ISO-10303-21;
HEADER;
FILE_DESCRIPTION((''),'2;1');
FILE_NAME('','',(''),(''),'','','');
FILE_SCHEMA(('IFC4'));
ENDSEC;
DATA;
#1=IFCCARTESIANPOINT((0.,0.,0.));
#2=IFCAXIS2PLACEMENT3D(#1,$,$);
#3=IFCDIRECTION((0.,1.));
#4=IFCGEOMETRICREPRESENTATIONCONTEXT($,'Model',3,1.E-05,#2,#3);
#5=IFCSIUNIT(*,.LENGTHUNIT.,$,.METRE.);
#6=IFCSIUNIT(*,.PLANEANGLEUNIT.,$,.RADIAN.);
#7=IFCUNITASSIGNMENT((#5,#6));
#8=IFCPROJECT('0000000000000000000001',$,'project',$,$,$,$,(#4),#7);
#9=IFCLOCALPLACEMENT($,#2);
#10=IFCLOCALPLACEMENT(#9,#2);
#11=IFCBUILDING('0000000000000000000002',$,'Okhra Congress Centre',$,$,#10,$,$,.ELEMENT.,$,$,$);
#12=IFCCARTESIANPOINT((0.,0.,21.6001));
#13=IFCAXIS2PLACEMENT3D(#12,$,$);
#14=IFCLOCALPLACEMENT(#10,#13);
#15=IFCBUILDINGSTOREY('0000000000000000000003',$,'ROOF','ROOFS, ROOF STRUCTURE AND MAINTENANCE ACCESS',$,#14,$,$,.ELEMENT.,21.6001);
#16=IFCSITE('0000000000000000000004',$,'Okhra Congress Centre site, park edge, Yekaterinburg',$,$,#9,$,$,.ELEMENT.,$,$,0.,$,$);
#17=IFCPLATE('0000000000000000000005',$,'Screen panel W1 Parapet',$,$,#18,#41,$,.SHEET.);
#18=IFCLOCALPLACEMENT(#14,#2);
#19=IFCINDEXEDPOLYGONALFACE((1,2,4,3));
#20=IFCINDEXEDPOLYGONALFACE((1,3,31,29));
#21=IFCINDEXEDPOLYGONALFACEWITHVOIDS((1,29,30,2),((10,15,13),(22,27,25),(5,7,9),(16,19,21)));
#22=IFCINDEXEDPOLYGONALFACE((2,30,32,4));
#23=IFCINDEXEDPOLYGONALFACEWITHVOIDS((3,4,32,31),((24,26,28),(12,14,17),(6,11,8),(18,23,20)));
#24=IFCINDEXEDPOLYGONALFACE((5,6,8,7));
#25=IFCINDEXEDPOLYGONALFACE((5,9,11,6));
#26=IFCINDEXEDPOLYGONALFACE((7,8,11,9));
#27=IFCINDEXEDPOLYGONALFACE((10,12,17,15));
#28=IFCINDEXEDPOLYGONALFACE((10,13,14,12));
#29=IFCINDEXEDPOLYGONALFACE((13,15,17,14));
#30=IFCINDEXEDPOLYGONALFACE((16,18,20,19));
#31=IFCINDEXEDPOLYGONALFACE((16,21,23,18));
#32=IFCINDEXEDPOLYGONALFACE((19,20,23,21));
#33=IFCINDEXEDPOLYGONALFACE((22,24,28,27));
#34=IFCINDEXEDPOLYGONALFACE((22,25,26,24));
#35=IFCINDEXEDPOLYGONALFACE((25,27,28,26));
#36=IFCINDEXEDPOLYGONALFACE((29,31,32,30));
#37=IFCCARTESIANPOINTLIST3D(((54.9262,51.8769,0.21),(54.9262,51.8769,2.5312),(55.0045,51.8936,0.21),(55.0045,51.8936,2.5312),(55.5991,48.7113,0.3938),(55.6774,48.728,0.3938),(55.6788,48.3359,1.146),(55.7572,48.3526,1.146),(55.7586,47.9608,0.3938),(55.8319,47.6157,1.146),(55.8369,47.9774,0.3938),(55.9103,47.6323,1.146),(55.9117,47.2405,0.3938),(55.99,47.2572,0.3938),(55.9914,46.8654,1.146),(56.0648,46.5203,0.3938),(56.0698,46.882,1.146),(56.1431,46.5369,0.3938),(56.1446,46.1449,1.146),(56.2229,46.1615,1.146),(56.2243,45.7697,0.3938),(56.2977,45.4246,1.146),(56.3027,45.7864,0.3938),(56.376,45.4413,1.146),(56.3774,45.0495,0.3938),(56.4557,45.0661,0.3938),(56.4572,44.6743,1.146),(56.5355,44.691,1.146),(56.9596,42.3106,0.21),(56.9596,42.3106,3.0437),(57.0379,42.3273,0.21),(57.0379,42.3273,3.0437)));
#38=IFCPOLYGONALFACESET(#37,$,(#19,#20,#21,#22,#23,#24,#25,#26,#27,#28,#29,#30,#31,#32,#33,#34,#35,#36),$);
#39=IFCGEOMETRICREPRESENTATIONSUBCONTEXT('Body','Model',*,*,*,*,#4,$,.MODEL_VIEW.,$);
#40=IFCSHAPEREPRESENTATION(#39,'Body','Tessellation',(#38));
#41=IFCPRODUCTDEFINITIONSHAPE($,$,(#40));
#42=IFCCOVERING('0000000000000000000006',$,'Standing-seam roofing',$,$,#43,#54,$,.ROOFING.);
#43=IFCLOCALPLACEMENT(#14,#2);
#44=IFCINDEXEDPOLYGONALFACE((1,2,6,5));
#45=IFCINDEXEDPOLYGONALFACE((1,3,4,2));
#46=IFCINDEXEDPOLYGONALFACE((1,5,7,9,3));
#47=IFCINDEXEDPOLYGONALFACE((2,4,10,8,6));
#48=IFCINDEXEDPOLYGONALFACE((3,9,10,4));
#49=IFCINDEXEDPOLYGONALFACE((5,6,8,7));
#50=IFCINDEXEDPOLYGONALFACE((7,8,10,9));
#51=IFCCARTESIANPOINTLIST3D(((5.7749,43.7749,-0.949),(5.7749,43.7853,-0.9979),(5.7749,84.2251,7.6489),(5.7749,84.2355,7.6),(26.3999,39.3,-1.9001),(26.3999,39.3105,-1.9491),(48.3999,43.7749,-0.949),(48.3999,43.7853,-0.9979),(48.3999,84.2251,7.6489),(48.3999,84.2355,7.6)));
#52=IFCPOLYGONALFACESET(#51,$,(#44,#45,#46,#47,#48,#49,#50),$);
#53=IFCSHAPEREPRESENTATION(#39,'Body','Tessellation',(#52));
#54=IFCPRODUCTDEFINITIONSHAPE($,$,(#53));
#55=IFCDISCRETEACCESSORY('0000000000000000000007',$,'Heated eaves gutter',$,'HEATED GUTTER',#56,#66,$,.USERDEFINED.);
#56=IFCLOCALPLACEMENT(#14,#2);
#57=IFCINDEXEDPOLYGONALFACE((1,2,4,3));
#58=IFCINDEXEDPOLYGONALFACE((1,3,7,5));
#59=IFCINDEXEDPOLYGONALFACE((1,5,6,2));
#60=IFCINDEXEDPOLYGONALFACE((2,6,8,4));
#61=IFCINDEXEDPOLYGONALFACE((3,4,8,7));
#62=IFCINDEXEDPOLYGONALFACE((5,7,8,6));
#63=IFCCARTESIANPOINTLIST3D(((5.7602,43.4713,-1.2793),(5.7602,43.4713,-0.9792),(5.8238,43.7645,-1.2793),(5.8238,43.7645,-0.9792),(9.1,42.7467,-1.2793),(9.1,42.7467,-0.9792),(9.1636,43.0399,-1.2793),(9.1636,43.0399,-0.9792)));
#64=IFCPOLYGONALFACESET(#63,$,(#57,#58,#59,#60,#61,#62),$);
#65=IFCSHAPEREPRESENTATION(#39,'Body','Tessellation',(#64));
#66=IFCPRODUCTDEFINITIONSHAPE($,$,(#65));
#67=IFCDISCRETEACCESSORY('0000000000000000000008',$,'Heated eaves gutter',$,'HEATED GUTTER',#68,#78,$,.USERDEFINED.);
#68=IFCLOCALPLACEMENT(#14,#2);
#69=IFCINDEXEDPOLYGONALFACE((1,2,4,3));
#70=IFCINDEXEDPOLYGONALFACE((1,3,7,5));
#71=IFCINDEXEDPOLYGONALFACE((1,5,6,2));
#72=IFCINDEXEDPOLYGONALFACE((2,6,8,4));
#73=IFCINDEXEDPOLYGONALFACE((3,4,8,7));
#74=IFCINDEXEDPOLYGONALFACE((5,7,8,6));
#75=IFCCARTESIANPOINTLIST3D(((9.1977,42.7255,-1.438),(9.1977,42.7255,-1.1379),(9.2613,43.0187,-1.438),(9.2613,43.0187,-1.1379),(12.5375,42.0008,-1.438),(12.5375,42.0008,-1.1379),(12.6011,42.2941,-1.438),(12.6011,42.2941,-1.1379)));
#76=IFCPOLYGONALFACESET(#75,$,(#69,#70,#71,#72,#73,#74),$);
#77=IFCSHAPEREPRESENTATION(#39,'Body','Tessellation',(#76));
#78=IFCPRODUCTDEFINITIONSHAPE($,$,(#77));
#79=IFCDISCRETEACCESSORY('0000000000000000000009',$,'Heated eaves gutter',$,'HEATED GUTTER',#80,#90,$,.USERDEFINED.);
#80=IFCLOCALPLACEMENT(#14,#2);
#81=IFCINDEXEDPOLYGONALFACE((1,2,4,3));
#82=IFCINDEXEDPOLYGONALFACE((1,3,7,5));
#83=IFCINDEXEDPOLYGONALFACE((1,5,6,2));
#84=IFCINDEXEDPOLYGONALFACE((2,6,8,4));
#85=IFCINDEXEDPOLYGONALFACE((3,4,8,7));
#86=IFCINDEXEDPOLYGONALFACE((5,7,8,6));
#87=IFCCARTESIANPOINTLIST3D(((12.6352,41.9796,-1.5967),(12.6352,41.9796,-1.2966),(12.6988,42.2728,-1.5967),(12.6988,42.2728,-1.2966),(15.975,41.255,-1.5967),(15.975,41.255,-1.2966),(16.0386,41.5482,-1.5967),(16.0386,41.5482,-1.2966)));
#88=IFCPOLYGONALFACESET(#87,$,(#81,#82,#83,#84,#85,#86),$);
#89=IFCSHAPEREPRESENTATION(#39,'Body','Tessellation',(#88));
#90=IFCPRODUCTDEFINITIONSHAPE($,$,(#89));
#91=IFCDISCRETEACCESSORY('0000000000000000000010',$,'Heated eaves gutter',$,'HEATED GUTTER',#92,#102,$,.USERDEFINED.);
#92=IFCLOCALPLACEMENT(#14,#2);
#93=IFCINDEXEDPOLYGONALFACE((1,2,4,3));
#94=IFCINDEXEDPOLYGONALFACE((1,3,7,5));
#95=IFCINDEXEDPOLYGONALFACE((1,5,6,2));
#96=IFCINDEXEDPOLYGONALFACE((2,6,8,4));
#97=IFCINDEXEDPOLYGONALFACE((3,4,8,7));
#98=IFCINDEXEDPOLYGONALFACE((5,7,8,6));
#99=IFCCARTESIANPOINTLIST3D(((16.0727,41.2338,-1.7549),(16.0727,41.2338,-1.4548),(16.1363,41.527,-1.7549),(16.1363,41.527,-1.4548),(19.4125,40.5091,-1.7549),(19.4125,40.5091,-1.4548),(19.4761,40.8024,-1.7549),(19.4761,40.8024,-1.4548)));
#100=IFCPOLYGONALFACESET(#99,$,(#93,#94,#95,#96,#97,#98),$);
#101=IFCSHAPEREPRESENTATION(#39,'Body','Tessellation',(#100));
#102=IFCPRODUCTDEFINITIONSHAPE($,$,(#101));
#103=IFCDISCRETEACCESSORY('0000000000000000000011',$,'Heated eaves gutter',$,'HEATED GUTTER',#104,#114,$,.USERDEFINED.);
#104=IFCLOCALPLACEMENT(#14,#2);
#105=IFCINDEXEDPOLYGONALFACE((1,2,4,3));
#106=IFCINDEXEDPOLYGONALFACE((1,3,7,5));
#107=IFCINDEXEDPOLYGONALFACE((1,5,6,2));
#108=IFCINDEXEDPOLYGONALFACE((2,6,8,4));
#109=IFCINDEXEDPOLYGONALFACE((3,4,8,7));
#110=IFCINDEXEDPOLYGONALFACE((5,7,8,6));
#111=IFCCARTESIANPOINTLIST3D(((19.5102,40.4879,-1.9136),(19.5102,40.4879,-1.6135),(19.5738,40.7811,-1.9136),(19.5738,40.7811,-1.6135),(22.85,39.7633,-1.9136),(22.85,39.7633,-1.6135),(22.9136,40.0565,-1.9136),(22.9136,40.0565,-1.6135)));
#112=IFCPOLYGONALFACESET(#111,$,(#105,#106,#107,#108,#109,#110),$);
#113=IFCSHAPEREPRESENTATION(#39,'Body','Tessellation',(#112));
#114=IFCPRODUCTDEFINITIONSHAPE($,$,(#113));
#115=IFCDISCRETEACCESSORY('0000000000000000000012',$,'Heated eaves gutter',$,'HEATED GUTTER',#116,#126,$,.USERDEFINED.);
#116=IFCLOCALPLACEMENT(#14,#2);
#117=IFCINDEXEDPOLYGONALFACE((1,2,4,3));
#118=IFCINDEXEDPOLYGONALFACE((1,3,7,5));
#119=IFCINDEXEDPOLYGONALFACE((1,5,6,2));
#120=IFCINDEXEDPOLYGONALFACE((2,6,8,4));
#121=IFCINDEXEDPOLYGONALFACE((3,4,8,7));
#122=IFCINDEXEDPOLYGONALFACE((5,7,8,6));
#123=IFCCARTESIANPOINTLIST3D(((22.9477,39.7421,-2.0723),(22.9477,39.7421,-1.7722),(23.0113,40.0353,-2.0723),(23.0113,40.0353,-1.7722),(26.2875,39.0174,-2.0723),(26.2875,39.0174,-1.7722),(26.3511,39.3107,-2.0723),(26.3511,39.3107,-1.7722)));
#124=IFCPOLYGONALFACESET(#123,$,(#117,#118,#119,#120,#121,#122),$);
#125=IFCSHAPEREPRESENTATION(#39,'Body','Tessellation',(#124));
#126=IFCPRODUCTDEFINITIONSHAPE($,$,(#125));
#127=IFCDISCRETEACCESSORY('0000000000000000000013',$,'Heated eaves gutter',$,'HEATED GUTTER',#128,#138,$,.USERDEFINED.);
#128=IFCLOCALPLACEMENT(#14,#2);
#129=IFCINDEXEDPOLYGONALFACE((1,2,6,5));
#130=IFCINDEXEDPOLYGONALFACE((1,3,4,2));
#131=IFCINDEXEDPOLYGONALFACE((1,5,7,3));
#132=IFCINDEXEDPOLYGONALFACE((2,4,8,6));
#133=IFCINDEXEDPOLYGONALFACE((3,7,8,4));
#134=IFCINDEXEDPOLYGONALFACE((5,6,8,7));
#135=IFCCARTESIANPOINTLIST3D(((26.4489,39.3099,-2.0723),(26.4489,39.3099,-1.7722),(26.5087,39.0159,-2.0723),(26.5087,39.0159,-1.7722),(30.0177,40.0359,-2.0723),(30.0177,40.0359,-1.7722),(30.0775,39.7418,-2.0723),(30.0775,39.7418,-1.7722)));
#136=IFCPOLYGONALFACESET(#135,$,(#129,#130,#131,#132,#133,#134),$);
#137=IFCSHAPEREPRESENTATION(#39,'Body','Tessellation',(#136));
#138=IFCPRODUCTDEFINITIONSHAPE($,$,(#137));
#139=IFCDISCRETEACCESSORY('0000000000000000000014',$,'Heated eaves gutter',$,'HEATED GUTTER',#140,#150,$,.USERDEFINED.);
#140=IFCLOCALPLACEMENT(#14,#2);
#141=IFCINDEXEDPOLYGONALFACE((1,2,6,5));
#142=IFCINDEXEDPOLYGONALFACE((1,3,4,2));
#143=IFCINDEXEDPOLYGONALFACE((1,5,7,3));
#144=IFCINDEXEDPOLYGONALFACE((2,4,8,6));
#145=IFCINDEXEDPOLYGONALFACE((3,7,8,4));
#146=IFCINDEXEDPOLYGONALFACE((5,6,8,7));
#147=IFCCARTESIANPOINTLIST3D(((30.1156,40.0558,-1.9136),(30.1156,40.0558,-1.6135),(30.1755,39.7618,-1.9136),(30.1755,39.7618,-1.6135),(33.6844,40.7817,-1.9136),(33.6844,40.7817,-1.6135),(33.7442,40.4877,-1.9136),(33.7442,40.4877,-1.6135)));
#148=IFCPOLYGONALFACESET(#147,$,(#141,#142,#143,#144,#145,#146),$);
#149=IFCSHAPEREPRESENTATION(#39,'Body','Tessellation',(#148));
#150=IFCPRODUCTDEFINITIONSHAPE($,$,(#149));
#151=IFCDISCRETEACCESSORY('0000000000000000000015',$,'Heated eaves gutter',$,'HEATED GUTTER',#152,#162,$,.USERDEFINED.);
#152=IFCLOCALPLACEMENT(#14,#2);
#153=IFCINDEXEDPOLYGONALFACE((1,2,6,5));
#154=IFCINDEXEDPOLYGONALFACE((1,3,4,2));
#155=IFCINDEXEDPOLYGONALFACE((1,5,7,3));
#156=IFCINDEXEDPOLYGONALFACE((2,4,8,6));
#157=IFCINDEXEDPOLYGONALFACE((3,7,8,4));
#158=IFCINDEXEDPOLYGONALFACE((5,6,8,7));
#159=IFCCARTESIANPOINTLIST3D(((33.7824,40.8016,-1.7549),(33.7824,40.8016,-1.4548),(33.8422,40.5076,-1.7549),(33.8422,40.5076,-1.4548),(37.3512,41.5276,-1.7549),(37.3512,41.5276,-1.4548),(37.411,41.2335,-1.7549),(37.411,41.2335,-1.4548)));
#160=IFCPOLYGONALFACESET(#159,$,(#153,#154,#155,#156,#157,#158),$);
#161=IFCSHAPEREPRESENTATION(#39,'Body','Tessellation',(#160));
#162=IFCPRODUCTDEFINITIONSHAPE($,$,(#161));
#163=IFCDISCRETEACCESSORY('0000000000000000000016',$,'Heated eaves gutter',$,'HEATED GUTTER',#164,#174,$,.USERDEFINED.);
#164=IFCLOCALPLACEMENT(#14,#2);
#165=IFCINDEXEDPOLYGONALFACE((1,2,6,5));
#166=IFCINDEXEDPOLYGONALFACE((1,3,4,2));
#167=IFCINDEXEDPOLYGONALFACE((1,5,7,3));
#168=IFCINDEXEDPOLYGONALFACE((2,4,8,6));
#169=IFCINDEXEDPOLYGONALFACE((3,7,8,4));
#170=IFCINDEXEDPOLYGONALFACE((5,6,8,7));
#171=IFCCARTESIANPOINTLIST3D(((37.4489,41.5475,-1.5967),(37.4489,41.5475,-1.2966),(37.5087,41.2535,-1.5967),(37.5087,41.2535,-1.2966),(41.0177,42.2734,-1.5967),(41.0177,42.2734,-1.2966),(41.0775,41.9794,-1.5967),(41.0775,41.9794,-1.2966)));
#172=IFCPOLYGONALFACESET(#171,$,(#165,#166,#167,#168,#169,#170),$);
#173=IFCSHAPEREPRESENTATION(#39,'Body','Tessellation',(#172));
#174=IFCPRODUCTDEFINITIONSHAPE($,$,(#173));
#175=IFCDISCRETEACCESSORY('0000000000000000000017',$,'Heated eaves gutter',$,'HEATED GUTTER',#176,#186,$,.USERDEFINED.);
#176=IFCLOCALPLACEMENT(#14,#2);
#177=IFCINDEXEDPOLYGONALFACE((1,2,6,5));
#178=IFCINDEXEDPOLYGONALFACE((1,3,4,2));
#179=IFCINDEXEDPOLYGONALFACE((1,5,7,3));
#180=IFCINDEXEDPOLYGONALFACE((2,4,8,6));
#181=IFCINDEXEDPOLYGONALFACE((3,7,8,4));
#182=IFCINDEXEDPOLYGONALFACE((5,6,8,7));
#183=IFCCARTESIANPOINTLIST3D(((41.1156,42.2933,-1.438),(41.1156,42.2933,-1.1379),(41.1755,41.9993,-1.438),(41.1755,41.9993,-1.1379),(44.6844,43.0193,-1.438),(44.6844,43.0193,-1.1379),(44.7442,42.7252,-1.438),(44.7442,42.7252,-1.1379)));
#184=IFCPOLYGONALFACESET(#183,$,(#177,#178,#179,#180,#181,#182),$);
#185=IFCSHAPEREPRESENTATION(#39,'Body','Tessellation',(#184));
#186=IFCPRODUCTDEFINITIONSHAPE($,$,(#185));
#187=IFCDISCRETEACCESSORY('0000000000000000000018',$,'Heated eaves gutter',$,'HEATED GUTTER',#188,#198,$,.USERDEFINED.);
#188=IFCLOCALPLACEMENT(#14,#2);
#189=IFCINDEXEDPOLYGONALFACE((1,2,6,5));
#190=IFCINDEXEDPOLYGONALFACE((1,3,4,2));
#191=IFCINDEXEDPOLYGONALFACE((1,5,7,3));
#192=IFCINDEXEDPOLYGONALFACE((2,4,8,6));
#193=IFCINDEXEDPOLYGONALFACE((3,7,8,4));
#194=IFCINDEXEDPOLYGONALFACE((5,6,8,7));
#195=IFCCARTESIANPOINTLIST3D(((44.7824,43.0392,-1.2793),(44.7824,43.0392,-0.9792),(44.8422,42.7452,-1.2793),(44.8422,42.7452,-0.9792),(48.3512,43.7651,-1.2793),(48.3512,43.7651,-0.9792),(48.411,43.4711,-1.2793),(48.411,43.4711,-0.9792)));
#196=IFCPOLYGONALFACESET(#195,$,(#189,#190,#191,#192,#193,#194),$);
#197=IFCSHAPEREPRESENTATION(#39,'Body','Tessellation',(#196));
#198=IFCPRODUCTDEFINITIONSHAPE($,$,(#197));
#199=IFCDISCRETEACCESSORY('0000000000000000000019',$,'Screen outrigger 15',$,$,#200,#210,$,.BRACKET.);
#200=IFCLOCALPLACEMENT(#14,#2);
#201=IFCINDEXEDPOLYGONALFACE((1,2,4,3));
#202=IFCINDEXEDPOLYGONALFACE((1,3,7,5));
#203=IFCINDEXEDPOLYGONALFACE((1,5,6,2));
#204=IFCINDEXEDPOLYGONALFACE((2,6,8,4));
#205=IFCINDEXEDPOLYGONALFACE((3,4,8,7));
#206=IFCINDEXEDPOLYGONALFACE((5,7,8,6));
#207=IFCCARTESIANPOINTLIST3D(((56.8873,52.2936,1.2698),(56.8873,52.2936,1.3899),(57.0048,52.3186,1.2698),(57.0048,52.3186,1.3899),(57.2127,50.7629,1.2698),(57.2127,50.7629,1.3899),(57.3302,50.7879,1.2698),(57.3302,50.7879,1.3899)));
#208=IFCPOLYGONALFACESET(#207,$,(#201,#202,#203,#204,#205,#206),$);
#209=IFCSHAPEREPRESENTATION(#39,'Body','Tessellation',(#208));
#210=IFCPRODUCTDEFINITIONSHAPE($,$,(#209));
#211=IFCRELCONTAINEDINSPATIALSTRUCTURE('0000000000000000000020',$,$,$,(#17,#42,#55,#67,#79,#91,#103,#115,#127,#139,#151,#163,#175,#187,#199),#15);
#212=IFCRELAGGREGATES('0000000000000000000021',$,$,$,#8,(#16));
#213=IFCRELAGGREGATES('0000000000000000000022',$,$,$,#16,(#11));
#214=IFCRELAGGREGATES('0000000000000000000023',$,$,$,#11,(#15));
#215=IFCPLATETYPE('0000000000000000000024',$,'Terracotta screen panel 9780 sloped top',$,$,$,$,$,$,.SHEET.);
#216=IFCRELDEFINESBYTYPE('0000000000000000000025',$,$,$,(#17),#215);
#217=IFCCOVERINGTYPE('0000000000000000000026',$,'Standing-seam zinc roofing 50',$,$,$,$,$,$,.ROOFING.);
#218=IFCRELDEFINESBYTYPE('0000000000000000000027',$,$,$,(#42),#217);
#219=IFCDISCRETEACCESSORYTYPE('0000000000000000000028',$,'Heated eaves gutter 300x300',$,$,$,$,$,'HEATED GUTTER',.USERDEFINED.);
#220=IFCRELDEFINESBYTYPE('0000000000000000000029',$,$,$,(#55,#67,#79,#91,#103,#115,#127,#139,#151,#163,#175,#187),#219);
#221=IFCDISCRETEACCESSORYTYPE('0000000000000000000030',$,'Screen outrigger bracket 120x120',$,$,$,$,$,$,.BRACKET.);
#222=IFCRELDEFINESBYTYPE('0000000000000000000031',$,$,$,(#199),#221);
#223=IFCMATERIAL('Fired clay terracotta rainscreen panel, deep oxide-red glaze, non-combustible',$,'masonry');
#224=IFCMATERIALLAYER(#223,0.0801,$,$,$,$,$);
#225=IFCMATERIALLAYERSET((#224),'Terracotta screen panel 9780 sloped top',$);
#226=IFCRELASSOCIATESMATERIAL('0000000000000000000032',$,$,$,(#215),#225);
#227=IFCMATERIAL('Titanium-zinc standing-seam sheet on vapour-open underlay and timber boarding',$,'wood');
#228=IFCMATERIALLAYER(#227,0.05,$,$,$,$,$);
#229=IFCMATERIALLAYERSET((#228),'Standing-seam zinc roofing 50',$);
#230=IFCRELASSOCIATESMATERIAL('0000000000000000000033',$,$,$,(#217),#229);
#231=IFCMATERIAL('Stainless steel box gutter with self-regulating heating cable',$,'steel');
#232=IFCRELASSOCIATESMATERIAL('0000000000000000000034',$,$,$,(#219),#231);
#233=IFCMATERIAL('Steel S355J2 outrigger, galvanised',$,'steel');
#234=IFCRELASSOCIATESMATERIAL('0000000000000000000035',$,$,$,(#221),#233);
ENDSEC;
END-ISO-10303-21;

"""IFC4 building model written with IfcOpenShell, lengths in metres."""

from ifc_helpers import new_model, si_unit, direction, frame, origin, origin_2d, place, context, subcontext, project, spatial, polyline, rectangle, outline, extrude, material, layer, layer_set, material_profile, profile_set, type_object, element, save


model = new_model("IFC4")

# Units and contexts
model_context = context("Model", 3, precision=1e-05, world=origin(), true_north=direction((0.0, 1.0)))
body_context = subcontext(model_context, "Body", "Model", "MODEL_VIEW")
ifc_project = project(units=[si_unit("LENGTHUNIT", "METRE"), si_unit("PLANEANGLEUNIT", "RADIAN")], contexts=[model_context])

# Site, building, storey
site_placement = place(None, origin())
site = spatial("IfcSite", under=ifc_project, at=site_placement, Name="Okhra Congress Centre site, park edge, Yekaterinburg", CompositionType="ELEMENT", RefElevation=0.0)
building_placement = place(site_placement, origin())
building = spatial("IfcBuilding", under=site, at=building_placement, Name="Okhra Congress Centre", CompositionType="ELEMENT")
storey_placement = place(building_placement, frame((0.0, 0.0, 21.6001)))
storey = spatial("IfcBuildingStorey", under=building, at=storey_placement, Name="ROOF", Description="ROOFS, ROOF STRUCTURE AND MAINTENANCE ACCESS", CompositionType="ELEMENT", Elevation=21.6001)

# Plate
ifc_material_1 = material(Name="Fired clay terracotta rainscreen panel, deep oxide-red glaze, non-combustible", Category="masonry")
ifc_layer_1 = layer(ifc_material_1, 0.0801)
ifc_layer_set_1 = layer_set([ifc_layer_1], Name="Terracotta screen panel 9780 sloped top")
plate_type_1 = type_object("IfcPlateType", Name="Terracotta screen panel 9780 sloped top", PredefinedType="SHEET", material=ifc_layer_set_1)
plate_1_placement = place(storey_placement, frame((54.9653, 51.8853, 0.21), z_axis=(0.0, 0.0, 1.0), x_axis=(0.207916, -0.978147, 0.0)))
element("IfcPlate", 1, at=plate_1_placement, inside=storey, type_object=plate_type_1, Name="Screen panel W1 Parapet", PredefinedType="SHEET", context=body_context, shape_type="SweptSolid", body=[
    extrude(outline(polyline([(0.0, 0.0), (9.78, 0.0), (9.78, 2.8337), (0.0, 2.3213), (0.0, 0.0)]), holes=[polyline([(3.2363, 0.1838), (4.0037, 0.1838), (3.6201, 0.936), (3.2363, 0.1838)]), polyline([(4.3564, 0.936), (4.74, 0.1838), (5.1235, 0.936), (4.3564, 0.936)]), polyline([(5.4763, 0.1838), (6.2437, 0.1838), (5.8601, 0.936), (5.4763, 0.1838)]), polyline([(6.5964, 0.936), (6.98, 0.1838), (7.3635, 0.936), (6.5964, 0.936)])]), frame((0.0, 0.04, 0.0), z_axis=(0.0, -1.0, 0.0), x_axis=(1.0, 0.0, 0.0)), (0.0, 0.0, 1.0), 0.0801),
])

# Covering
ifc_material_2 = material(Name="Titanium-zinc standing-seam sheet on vapour-open underlay and timber boarding", Category="wood")
ifc_layer_2 = layer(ifc_material_2, 0.05)
ifc_layer_set_2 = layer_set([ifc_layer_2], Name="Standing-seam zinc roofing 50")
covering_type = type_object("IfcCoveringType", Name="Standing-seam zinc roofing 50", PredefinedType="ROOFING", material=ifc_layer_set_2)
covering_placement = place(storey_placement, frame((5.7749, 43.7749, -0.949), z_axis=(0.0, -0.207911, 0.978148), x_axis=(0.976272, -0.211815, -0.045022)))
element("IfcCovering", 2, at=covering_placement, inside=storey, type_object=covering_type, Name="Standing-seam roofing", PredefinedType="ROOFING", context=body_context, shape_type="SweptSolid", body=[
    extrude(outline(polyline([(0.0, 0.0), (21.1263, 0.0), (41.6136, 9.2303), (32.6586, 49.6029), (-8.955, 40.3726), (0.0, 0.0)])), origin(), (0.0, 0.0, -1.0), 0.05),
])

# Discrete accessories
ifc_material_3 = material(Name="Stainless steel box gutter with self-regulating heating cable", Category="steel")
discrete_accessory_type_1 = type_object("IfcDiscreteAccessoryType", Name="Heated eaves gutter 300x300", ElementType="HEATED GUTTER", PredefinedType="USERDEFINED", material=ifc_material_3)
for number, where, z_axis, x_axis, name in (
    (3, (7.4619, 43.2556, -1.2793), (0.0, 0.0, 1.0), (0.977262, -0.212036, 0.0), "Heated eaves gutter"),
    (4, (10.8994, 42.5098, -1.438), (0.0, 0.0, 1.0), (0.977262, -0.212036, 0.0), "Heated eaves gutter"),
    (5, (14.3369, 41.7639, -1.5967), (0.0, 0.0, 1.0), (0.977262, -0.212036, 0.0), "Heated eaves gutter"),
    (6, (17.7744, 41.0181, -1.7549), (0.0, 0.0, 1.0), (0.977262, -0.212036, 0.0), "Heated eaves gutter"),
    (7, (21.2119, 40.2722, -1.9136), (0.0, 0.0, 1.0), (0.977262, -0.212036, 0.0), "Heated eaves gutter"),
    (8, (24.6494, 39.5264, -2.0723), (0.0, 0.0, 1.0), (0.977262, -0.212036, 0.0), "Heated eaves gutter"),
):
    element("IfcDiscreteAccessory", number, at=place(storey_placement, frame(where, z_axis=z_axis, x_axis=x_axis)), inside=storey, type_object=discrete_accessory_type_1, Name=name, ObjectType="HEATED GUTTER", PredefinedType="USERDEFINED", context=body_context, shape_type="SweptSolid", body=[
        extrude(rectangle(XDim=3.4175, YDim=0.3, at=origin_2d()), origin(), (0.0, 0.0, 1.0), 0.3),
    ])
for number, where, z_axis, x_axis, name in (
    (9, (28.2632, 39.5259, -2.0723), (0.0, 0.0, 1.0), (0.979933, 0.199327, 0.0), "Heated eaves gutter"),
    (10, (31.9299, 40.2717, -1.9136), (0.0, 0.0, 1.0), (0.979933, 0.199327, 0.0), "Heated eaves gutter"),
    (11, (35.5967, 41.0176, -1.7549), (0.0, 0.0, 1.0), (0.979933, 0.199327, 0.0), "Heated eaves gutter"),
    (12, (39.2632, 41.7634, -1.5967), (0.0, 0.0, 1.0), (0.979933, 0.199327, 0.0), "Heated eaves gutter"),
    (13, (42.9299, 42.5093, -1.438), (0.0, 0.0, 1.0), (0.979933, 0.199327, 0.0), "Heated eaves gutter"),
    (14, (46.5967, 43.2551, -1.2793), (0.0, 0.0, 1.0), (0.979933, 0.199327, 0.0), "Heated eaves gutter"),
):
    element("IfcDiscreteAccessory", number, at=place(storey_placement, frame(where, z_axis=z_axis, x_axis=x_axis)), inside=storey, type_object=discrete_accessory_type_1, Name=name, ObjectType="HEATED GUTTER", PredefinedType="USERDEFINED", context=body_context, shape_type="SweptSolid", body=[
        extrude(rectangle(XDim=3.6418, YDim=0.3, at=origin_2d()), origin(), (0.0, 0.0, 1.0), 0.3),
    ])
ifc_material_4 = material(Name="Steel S355J2 outrigger, galvanised", Category="steel")
ifc_material_profile_1 = material_profile(ifc_material_4, rectangle(XDim=0.1201, YDim=0.1201, at=origin_2d()), Name="Screen outrigger bracket 120x120")
ifc_profile_set_1 = profile_set([ifc_material_profile_1], Name="Steel S355J2 outrigger, galvanised")
discrete_accessory_type_2 = type_object("IfcDiscreteAccessoryType", Name="Screen outrigger bracket 120x120", PredefinedType="BRACKET", material=ifc_profile_set_1)
discrete_accessory_1_placement = place(storey_placement, frame((57.2715, 50.7754, 1.3298), z_axis=(-0.207952, 0.978139, 0.0), x_axis=(-0.978139, -0.207952, 0.0)))
element("IfcDiscreteAccessory", 15, at=discrete_accessory_1_placement, inside=storey, type_object=discrete_accessory_type_2, Name="Screen outrigger 15", PredefinedType="BRACKET", context=body_context, shape_type="SweptSolid", body=[
    extrude(rectangle(XDim=0.1201, YDim=0.1201, at=origin_2d()), origin(), (0.0, 0.0, 1.0), 1.5649),
])

save(model, "model.ifc")
